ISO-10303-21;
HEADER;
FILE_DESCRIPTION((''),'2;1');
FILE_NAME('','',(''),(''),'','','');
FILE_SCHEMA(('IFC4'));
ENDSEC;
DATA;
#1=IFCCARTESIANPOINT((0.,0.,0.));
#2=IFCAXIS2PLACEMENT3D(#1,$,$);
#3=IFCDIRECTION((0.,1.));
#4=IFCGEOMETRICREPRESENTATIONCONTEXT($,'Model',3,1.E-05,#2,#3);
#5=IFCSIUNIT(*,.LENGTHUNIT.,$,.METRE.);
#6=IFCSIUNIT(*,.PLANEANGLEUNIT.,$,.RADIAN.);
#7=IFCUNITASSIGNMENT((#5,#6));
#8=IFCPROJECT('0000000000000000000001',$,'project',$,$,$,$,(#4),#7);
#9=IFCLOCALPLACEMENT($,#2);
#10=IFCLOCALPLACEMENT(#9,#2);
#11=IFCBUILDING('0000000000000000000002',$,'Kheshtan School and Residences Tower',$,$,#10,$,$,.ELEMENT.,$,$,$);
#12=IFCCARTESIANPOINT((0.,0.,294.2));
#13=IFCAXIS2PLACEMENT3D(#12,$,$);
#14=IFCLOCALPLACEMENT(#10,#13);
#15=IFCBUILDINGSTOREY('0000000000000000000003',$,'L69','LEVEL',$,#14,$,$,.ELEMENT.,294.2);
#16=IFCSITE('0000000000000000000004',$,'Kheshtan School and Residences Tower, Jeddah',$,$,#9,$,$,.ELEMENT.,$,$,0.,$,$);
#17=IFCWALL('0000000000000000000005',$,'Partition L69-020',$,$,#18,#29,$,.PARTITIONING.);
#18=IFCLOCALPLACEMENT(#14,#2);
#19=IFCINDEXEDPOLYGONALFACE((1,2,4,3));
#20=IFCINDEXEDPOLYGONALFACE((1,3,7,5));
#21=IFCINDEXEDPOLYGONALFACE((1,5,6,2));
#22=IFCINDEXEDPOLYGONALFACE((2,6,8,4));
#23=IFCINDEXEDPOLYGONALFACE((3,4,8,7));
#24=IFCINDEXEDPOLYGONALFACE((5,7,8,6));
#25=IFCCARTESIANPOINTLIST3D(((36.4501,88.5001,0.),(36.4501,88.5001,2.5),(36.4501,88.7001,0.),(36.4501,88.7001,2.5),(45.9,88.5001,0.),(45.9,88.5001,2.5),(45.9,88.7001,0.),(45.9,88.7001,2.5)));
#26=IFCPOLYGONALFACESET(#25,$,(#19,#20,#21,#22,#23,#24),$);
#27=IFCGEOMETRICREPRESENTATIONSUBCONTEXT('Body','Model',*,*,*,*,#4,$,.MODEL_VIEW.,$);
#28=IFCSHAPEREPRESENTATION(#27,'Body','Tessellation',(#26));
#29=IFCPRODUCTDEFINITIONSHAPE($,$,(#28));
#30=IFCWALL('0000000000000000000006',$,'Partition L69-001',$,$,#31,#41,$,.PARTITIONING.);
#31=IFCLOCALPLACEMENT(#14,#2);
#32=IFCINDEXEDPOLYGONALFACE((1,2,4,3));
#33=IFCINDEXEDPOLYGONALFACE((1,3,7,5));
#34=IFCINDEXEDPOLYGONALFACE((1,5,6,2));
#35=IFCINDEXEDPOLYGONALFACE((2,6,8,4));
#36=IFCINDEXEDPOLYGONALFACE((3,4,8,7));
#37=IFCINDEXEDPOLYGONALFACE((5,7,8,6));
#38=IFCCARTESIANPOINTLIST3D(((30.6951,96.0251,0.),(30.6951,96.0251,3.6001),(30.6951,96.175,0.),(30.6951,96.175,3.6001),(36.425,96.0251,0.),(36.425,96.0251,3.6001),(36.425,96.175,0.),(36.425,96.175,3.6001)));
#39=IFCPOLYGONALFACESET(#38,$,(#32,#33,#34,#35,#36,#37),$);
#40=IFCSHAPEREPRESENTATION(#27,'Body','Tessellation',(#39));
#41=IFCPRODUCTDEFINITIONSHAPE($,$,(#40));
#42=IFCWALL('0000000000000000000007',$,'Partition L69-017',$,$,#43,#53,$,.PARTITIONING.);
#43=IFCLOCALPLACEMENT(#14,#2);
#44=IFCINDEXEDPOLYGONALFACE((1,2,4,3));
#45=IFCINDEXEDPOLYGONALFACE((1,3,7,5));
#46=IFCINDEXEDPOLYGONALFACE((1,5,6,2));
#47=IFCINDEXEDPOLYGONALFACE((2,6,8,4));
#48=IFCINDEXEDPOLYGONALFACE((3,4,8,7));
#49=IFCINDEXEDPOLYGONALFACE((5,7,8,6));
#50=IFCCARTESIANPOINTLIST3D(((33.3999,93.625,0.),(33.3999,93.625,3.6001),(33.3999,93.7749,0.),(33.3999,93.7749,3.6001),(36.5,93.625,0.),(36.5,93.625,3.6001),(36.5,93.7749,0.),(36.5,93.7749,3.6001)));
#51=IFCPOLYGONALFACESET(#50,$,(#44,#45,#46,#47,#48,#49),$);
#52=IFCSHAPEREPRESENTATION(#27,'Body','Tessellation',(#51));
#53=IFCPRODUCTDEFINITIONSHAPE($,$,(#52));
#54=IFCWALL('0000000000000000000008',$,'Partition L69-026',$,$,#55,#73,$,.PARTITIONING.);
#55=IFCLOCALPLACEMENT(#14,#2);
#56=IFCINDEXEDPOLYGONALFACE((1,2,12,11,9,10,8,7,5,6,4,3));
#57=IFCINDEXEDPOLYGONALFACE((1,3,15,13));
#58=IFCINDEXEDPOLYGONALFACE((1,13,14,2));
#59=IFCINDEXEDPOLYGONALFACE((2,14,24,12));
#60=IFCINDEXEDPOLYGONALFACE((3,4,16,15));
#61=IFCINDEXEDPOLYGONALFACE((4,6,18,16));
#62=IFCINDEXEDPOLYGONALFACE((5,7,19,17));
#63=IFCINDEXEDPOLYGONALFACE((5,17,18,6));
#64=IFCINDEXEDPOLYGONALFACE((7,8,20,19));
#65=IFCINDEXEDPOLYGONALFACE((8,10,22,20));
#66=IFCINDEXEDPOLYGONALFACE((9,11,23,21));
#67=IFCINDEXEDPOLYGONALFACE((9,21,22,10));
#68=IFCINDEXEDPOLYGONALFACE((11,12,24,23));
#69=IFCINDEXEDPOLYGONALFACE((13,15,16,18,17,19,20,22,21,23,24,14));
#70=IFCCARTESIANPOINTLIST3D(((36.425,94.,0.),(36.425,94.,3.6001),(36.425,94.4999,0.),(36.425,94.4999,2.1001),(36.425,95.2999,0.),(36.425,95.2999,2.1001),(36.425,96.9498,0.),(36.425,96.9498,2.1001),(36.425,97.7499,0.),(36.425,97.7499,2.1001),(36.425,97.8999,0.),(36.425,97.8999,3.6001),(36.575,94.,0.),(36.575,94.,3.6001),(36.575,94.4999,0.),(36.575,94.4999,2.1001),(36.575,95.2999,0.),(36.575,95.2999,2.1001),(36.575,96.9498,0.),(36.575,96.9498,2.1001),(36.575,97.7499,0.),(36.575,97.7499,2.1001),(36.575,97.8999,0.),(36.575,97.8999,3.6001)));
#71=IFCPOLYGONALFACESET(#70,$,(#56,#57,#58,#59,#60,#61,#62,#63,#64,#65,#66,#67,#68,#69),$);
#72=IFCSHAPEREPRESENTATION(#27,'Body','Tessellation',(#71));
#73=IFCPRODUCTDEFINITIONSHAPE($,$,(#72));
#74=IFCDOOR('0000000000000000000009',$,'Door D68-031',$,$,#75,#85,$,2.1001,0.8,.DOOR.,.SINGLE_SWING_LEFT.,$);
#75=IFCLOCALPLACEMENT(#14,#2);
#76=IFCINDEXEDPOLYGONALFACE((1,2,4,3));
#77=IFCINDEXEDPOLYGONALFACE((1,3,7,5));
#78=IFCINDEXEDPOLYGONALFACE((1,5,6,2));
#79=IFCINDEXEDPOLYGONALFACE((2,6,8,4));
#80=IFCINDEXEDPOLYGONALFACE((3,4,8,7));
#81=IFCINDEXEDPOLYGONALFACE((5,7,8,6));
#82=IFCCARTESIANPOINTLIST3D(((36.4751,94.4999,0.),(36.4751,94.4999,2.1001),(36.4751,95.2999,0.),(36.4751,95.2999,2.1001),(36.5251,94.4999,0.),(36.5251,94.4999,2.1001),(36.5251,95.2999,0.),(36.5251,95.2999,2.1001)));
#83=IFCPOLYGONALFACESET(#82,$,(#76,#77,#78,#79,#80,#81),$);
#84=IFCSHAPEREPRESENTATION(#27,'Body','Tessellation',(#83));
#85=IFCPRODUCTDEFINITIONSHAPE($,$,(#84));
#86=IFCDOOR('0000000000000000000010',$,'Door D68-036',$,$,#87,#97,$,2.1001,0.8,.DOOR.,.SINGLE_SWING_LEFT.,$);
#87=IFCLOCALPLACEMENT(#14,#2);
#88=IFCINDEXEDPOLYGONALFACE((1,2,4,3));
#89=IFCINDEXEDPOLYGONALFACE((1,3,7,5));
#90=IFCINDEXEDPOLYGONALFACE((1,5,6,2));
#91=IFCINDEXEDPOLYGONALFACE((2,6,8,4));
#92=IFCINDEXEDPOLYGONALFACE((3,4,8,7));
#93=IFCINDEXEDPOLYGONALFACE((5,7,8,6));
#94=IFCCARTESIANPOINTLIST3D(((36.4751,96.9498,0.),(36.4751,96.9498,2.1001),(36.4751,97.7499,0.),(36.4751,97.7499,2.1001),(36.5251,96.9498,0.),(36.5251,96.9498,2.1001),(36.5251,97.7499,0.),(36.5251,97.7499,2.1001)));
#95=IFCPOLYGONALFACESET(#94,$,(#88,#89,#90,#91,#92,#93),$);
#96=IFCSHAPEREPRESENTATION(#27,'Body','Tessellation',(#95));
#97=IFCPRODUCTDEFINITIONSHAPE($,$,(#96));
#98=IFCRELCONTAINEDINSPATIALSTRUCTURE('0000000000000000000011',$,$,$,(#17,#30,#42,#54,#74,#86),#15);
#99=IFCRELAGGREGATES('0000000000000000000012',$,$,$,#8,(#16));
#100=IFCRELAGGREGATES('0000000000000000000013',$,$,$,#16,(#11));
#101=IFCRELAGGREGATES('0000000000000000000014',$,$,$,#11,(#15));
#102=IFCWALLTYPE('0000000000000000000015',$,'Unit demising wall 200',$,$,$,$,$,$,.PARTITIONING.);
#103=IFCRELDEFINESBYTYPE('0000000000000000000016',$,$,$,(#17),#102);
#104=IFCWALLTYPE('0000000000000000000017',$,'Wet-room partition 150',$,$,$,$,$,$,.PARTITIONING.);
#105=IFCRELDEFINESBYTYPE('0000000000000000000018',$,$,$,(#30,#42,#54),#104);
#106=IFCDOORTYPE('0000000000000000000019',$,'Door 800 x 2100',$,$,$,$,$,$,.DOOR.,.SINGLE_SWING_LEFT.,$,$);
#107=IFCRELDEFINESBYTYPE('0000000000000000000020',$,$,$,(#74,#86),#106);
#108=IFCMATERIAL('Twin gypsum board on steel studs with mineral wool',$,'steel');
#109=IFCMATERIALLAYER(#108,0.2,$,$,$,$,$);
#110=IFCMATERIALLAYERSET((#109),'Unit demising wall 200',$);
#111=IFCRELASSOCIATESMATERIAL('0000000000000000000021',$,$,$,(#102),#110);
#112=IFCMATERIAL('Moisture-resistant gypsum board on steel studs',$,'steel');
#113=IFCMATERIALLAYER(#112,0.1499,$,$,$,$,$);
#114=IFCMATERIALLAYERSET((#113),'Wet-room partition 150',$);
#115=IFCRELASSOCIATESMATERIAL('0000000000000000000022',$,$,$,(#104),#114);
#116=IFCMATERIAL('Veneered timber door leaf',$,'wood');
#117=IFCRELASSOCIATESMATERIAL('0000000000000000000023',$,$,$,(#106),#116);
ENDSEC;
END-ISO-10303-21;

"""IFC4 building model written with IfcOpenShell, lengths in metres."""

from ifc_helpers import new_model, si_unit, direction, frame, frame_2d, origin, place, context, subcontext, project, spatial, rectangle, extrude, source, transform, mapped, material, layer, layer_set, type_object, element, fill, save


model = new_model("IFC4")

# Units and contexts
model_context = context("Model", 3, precision=1e-05, world=origin(), true_north=direction((0.0, 1.0)))
body_context = subcontext(model_context, "Body", "Model", "MODEL_VIEW")
ifc_project = project(units=[si_unit("LENGTHUNIT", "METRE"), si_unit("PLANEANGLEUNIT", "RADIAN")], contexts=[model_context])

# Site, building, storey
site_placement = place(None, origin())
site = spatial("IfcSite", under=ifc_project, at=site_placement, Name="Kheshtan School and Residences Tower, Jeddah", CompositionType="ELEMENT", RefElevation=0.0)
building_placement = place(site_placement, origin())
building = spatial("IfcBuilding", under=site, at=building_placement, Name="Kheshtan School and Residences Tower", CompositionType="ELEMENT")
storey_placement = place(building_placement, frame((0.0, 0.0, 294.2)))
storey = spatial("IfcBuildingStorey", under=building, at=storey_placement, Name="L69", Description="LEVEL", CompositionType="ELEMENT", Elevation=294.2)

# Shared definitions
ifc_material_1 = material(Name="Veneered timber door leaf", Category="wood")

# Walls
ifc_material_2 = material(Name="Twin gypsum board on steel studs with mineral wool", Category="steel")
ifc_layer_1 = layer(ifc_material_2, 0.2)
ifc_layer_set_1 = layer_set([ifc_layer_1], Name="Unit demising wall 200")
wall_type_1 = type_object("IfcWallType", Name="Unit demising wall 200", PredefinedType="PARTITIONING", material=ifc_layer_set_1)
wall_1_placement = place(storey_placement, frame((36.45, 88.6001, 0.0), z_axis=(0.0, 0.0, 1.0), x_axis=(1.0, 0.0, 0.0)))
element("IfcWall", 1, at=wall_1_placement, inside=storey, type_object=wall_type_1, Name="Partition L69-020", PredefinedType="PARTITIONING", context=body_context, shape_type="SweptSolid", body=[
    extrude(rectangle(XDim=9.45, YDim=0.2, at=frame_2d((4.7251, 0.0))), origin(), (0.0, 0.0, 1.0), 2.5),
])
ifc_material_3 = material(Name="Moisture-resistant gypsum board on steel studs", Category="steel")
ifc_layer_2 = layer(ifc_material_3, 0.1499)
ifc_layer_set_2 = layer_set([ifc_layer_2], Name="Wet-room partition 150")
wall_type_2 = type_object("IfcWallType", Name="Wet-room partition 150", PredefinedType="PARTITIONING", material=ifc_layer_set_2)
wall_2_placement = place(storey_placement, frame((30.6951, 96.1001, 0.0), z_axis=(0.0, 0.0, 1.0), x_axis=(1.0, 0.0, 0.0)))
element("IfcWall", 2, at=wall_2_placement, inside=storey, type_object=wall_type_2, Name="Partition L69-001", PredefinedType="PARTITIONING", context=body_context, shape_type="SweptSolid", body=[
    extrude(rectangle(XDim=5.73, YDim=0.1499, at=frame_2d((2.865, 0.0))), origin(), (0.0, 0.0, 1.0), 3.6001),
])
wall_3_placement = place(storey_placement, frame((33.3999, 93.7, 0.0), z_axis=(0.0, 0.0, 1.0), x_axis=(1.0, 0.0, 0.0)))
element("IfcWall", 3, at=wall_3_placement, inside=storey, type_object=wall_type_2, Name="Partition L69-017", PredefinedType="PARTITIONING", context=body_context, shape_type="SweptSolid", body=[
    extrude(rectangle(XDim=3.1001, YDim=0.1499, at=frame_2d((1.55, 0.0))), origin(), (0.0, 0.0, 1.0), 3.6001),
])

# Wall, openings, doors
wall_4_placement = place(storey_placement, frame((36.5, 94.0, 0.0), z_axis=(0.0, 0.0, 1.0), x_axis=(0.0, 1.0, 0.0)))
wall_4 = element("IfcWall", 4, at=wall_4_placement, inside=storey, type_object=wall_type_2, Name="Partition L69-026", PredefinedType="PARTITIONING", context=body_context, shape_type="SweptSolid", body=[
    extrude(rectangle(XDim=3.8999, YDim=0.1499, at=frame_2d((1.95, 0.0))), origin(), (0.0, 0.0, 1.0), 3.6001),
])
opening_1_placement = place(wall_4_placement, frame((0.5, 0.0, 0.0)))
opening_1 = element("IfcOpeningElement", 5, at=opening_1_placement, cuts=wall_4, PredefinedType="OPENING", context=body_context, shape_type="SweptSolid", body=[
    extrude(rectangle(XDim=0.8, YDim=2.1001, at=frame_2d((0.3999, 1.05))), frame((0.0, 0.085, 0.0), z_axis=(0.0, -1.0, 0.0), x_axis=(1.0, 0.0, 0.0)), (0.0, 0.0, 1.0), 0.1699),
])
opening_2_placement = place(wall_4_placement, frame((2.95, 0.0, 0.0)))
opening_2 = element("IfcOpeningElement", 6, at=opening_2_placement, cuts=wall_4, PredefinedType="OPENING", context=body_context, shape_type="SweptSolid", body=[
    extrude(rectangle(XDim=0.8, YDim=2.1001, at=frame_2d((0.3999, 1.05))), frame((0.0, 0.085, 0.0), z_axis=(0.0, -1.0, 0.0), x_axis=(1.0, 0.0, 0.0)), (0.0, 0.0, 1.0), 0.1699),
])
door_type_1 = type_object("IfcDoorType", Name="Door 800 x 2100", OperationType="SINGLE_SWING_LEFT", PredefinedType="DOOR", material=ifc_material_1)
shared_shape_1 = source(origin(), body_context, "Body", "SweptSolid", [
    extrude(rectangle(XDim=0.8, YDim=2.1001, at=frame_2d((0.3999, 1.05))), frame((0.0, 0.0249, 0.0), z_axis=(0.0, -1.0, 0.0), x_axis=(1.0, 0.0, 0.0)), (0.0, 0.0, 1.0), 0.05),
])
door_1_placement = place(opening_1_placement, origin())
door_1 = element("IfcDoor", 7, at=door_1_placement, inside=storey, type_object=door_type_1, Name="Door D68-031", OperationType="SINGLE_SWING_LEFT", OverallHeight=2.1001, OverallWidth=0.8, PredefinedType="DOOR", context=body_context, shape_type="MappedRepresentation", body=[
    mapped(shared_shape_1, transform((0.0, 0.0, 0.0), x_axis=(1.0, 0.0, 0.0), y_axis=(0.0, 1.0, 0.0), z_axis=(0.0, 0.0, 1.0), scale=1.0)),
])
fill(opening_1, door_1)
door_2_placement = place(opening_2_placement, origin())
door_2 = element("IfcDoor", 8, at=door_2_placement, inside=storey, type_object=door_type_1, Name="Door D68-036", OperationType="SINGLE_SWING_LEFT", OverallHeight=2.1001, OverallWidth=0.8, PredefinedType="DOOR", context=body_context, shape_type="MappedRepresentation", body=[
    mapped(shared_shape_1, transform((0.0, 0.0, 0.0), x_axis=(1.0, 0.0, 0.0), y_axis=(0.0, 1.0, 0.0), z_axis=(0.0, 0.0, 1.0), scale=1.0)),
])
fill(opening_2, door_2)

save(model, "model.ifc")
